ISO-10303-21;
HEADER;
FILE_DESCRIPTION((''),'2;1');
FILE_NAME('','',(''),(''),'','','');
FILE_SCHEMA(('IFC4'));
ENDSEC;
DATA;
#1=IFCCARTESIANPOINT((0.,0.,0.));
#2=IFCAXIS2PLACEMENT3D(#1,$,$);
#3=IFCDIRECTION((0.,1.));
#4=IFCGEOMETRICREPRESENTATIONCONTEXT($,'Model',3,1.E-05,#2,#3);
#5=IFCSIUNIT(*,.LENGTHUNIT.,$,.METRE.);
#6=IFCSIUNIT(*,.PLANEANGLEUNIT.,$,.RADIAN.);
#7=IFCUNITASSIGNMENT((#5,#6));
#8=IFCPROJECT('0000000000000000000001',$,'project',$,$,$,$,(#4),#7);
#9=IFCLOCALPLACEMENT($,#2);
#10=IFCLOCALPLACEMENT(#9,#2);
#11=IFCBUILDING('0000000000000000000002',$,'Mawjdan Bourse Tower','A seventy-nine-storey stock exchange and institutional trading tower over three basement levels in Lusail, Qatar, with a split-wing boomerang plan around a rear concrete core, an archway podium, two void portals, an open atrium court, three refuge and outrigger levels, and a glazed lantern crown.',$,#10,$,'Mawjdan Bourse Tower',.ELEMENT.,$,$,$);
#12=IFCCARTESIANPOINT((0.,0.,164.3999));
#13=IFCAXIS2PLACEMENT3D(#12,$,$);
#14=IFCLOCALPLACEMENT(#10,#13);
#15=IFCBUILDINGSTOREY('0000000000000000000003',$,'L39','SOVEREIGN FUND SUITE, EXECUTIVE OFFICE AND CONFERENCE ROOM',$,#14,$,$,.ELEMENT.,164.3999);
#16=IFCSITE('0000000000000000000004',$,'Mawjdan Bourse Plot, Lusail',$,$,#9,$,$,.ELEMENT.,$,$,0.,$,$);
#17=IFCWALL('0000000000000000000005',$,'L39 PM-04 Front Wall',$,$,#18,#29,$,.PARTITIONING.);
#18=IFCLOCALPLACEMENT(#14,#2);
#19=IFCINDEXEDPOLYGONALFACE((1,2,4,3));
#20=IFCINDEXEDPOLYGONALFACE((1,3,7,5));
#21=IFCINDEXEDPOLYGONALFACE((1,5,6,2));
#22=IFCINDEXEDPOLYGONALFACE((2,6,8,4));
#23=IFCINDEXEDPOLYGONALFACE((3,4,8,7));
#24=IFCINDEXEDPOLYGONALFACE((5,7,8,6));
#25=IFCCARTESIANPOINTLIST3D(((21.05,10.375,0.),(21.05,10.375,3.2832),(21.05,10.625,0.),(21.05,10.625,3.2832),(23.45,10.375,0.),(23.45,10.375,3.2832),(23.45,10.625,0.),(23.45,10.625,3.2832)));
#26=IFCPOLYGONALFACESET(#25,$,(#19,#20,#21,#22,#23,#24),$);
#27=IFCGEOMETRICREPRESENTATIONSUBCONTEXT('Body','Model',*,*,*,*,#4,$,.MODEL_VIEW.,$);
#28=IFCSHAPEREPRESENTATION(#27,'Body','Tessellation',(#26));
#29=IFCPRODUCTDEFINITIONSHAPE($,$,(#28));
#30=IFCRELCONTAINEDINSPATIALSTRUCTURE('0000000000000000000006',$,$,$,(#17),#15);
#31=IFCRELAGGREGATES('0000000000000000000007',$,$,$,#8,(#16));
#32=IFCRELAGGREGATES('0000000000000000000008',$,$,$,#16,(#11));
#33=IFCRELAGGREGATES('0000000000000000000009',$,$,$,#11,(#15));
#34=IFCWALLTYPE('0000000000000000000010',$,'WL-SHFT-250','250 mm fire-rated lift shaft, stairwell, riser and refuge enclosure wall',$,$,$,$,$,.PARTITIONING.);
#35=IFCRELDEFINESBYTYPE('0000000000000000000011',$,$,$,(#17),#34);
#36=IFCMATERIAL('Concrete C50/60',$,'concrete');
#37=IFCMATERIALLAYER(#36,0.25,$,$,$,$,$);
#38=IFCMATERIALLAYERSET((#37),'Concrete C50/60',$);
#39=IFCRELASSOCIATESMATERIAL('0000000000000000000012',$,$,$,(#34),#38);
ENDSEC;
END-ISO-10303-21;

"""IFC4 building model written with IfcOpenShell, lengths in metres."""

from ifc_helpers import new_model, si_unit, direction, frame, frame_2d, origin, place, context, subcontext, project, spatial, rectangle, extrude, material, layer, layer_set, type_object, element, save


model = new_model("IFC4")

# Units and contexts
model_context = context("Model", 3, precision=1e-05, world=origin(), true_north=direction((0.0, 1.0)))
body_context = subcontext(model_context, "Body", "Model", "MODEL_VIEW")
ifc_project = project(units=[si_unit("LENGTHUNIT", "METRE"), si_unit("PLANEANGLEUNIT", "RADIAN")], contexts=[model_context])

# Site, building, storey
site_placement = place(None, origin())
site = spatial("IfcSite", under=ifc_project, at=site_placement, Name="Mawjdan Bourse Plot, Lusail", CompositionType="ELEMENT", RefElevation=0.0)
building_placement = place(site_placement, origin())
building = spatial("IfcBuilding", under=site, at=building_placement, Name="Mawjdan Bourse Tower", Description="A seventy-nine-storey stock exchange and institutional trading tower over three basement levels in Lusail, Qatar, with a split-wing boomerang plan around a rear concrete core, an archway podium, two void portals, an open atrium court, three refuge and outrigger levels, and a glazed lantern crown.", LongName="Mawjdan Bourse Tower", CompositionType="ELEMENT")
storey_placement = place(building_placement, frame((0.0, 0.0, 164.3999)))
storey = spatial("IfcBuildingStorey", under=building, at=storey_placement, Name="L39", Description="SOVEREIGN FUND SUITE, EXECUTIVE OFFICE AND CONFERENCE ROOM", CompositionType="ELEMENT", Elevation=164.3999)

# Wall
ifc_material_1 = material(Name="Concrete C50/60", Category="concrete")
ifc_layer_1 = layer(ifc_material_1, 0.25)
ifc_layer_set_1 = layer_set([ifc_layer_1], Name="Concrete C50/60")
wall_type_1 = type_object("IfcWallType", Name="WL-SHFT-250", Description="250 mm fire-rated lift shaft, stairwell, riser and refuge enclosure wall", PredefinedType="PARTITIONING", material=ifc_layer_set_1)
wall_1_placement = place(storey_placement, frame((21.05, 10.5, 0.0), z_axis=(0.0, 0.0, 1.0), x_axis=(1.0, 0.0, 0.0)))
element("IfcWall", 1, at=wall_1_placement, inside=storey, type_object=wall_type_1, Name="L39 PM-04 Front Wall", PredefinedType="PARTITIONING", context=body_context, shape_type="SweptSolid", body=[
    extrude(rectangle(XDim=2.3999, YDim=0.25, at=frame_2d((1.2, 0.0))), origin(), (0.0, 0.0, 1.0), 3.2832),
])

save(model, "model.ifc")
